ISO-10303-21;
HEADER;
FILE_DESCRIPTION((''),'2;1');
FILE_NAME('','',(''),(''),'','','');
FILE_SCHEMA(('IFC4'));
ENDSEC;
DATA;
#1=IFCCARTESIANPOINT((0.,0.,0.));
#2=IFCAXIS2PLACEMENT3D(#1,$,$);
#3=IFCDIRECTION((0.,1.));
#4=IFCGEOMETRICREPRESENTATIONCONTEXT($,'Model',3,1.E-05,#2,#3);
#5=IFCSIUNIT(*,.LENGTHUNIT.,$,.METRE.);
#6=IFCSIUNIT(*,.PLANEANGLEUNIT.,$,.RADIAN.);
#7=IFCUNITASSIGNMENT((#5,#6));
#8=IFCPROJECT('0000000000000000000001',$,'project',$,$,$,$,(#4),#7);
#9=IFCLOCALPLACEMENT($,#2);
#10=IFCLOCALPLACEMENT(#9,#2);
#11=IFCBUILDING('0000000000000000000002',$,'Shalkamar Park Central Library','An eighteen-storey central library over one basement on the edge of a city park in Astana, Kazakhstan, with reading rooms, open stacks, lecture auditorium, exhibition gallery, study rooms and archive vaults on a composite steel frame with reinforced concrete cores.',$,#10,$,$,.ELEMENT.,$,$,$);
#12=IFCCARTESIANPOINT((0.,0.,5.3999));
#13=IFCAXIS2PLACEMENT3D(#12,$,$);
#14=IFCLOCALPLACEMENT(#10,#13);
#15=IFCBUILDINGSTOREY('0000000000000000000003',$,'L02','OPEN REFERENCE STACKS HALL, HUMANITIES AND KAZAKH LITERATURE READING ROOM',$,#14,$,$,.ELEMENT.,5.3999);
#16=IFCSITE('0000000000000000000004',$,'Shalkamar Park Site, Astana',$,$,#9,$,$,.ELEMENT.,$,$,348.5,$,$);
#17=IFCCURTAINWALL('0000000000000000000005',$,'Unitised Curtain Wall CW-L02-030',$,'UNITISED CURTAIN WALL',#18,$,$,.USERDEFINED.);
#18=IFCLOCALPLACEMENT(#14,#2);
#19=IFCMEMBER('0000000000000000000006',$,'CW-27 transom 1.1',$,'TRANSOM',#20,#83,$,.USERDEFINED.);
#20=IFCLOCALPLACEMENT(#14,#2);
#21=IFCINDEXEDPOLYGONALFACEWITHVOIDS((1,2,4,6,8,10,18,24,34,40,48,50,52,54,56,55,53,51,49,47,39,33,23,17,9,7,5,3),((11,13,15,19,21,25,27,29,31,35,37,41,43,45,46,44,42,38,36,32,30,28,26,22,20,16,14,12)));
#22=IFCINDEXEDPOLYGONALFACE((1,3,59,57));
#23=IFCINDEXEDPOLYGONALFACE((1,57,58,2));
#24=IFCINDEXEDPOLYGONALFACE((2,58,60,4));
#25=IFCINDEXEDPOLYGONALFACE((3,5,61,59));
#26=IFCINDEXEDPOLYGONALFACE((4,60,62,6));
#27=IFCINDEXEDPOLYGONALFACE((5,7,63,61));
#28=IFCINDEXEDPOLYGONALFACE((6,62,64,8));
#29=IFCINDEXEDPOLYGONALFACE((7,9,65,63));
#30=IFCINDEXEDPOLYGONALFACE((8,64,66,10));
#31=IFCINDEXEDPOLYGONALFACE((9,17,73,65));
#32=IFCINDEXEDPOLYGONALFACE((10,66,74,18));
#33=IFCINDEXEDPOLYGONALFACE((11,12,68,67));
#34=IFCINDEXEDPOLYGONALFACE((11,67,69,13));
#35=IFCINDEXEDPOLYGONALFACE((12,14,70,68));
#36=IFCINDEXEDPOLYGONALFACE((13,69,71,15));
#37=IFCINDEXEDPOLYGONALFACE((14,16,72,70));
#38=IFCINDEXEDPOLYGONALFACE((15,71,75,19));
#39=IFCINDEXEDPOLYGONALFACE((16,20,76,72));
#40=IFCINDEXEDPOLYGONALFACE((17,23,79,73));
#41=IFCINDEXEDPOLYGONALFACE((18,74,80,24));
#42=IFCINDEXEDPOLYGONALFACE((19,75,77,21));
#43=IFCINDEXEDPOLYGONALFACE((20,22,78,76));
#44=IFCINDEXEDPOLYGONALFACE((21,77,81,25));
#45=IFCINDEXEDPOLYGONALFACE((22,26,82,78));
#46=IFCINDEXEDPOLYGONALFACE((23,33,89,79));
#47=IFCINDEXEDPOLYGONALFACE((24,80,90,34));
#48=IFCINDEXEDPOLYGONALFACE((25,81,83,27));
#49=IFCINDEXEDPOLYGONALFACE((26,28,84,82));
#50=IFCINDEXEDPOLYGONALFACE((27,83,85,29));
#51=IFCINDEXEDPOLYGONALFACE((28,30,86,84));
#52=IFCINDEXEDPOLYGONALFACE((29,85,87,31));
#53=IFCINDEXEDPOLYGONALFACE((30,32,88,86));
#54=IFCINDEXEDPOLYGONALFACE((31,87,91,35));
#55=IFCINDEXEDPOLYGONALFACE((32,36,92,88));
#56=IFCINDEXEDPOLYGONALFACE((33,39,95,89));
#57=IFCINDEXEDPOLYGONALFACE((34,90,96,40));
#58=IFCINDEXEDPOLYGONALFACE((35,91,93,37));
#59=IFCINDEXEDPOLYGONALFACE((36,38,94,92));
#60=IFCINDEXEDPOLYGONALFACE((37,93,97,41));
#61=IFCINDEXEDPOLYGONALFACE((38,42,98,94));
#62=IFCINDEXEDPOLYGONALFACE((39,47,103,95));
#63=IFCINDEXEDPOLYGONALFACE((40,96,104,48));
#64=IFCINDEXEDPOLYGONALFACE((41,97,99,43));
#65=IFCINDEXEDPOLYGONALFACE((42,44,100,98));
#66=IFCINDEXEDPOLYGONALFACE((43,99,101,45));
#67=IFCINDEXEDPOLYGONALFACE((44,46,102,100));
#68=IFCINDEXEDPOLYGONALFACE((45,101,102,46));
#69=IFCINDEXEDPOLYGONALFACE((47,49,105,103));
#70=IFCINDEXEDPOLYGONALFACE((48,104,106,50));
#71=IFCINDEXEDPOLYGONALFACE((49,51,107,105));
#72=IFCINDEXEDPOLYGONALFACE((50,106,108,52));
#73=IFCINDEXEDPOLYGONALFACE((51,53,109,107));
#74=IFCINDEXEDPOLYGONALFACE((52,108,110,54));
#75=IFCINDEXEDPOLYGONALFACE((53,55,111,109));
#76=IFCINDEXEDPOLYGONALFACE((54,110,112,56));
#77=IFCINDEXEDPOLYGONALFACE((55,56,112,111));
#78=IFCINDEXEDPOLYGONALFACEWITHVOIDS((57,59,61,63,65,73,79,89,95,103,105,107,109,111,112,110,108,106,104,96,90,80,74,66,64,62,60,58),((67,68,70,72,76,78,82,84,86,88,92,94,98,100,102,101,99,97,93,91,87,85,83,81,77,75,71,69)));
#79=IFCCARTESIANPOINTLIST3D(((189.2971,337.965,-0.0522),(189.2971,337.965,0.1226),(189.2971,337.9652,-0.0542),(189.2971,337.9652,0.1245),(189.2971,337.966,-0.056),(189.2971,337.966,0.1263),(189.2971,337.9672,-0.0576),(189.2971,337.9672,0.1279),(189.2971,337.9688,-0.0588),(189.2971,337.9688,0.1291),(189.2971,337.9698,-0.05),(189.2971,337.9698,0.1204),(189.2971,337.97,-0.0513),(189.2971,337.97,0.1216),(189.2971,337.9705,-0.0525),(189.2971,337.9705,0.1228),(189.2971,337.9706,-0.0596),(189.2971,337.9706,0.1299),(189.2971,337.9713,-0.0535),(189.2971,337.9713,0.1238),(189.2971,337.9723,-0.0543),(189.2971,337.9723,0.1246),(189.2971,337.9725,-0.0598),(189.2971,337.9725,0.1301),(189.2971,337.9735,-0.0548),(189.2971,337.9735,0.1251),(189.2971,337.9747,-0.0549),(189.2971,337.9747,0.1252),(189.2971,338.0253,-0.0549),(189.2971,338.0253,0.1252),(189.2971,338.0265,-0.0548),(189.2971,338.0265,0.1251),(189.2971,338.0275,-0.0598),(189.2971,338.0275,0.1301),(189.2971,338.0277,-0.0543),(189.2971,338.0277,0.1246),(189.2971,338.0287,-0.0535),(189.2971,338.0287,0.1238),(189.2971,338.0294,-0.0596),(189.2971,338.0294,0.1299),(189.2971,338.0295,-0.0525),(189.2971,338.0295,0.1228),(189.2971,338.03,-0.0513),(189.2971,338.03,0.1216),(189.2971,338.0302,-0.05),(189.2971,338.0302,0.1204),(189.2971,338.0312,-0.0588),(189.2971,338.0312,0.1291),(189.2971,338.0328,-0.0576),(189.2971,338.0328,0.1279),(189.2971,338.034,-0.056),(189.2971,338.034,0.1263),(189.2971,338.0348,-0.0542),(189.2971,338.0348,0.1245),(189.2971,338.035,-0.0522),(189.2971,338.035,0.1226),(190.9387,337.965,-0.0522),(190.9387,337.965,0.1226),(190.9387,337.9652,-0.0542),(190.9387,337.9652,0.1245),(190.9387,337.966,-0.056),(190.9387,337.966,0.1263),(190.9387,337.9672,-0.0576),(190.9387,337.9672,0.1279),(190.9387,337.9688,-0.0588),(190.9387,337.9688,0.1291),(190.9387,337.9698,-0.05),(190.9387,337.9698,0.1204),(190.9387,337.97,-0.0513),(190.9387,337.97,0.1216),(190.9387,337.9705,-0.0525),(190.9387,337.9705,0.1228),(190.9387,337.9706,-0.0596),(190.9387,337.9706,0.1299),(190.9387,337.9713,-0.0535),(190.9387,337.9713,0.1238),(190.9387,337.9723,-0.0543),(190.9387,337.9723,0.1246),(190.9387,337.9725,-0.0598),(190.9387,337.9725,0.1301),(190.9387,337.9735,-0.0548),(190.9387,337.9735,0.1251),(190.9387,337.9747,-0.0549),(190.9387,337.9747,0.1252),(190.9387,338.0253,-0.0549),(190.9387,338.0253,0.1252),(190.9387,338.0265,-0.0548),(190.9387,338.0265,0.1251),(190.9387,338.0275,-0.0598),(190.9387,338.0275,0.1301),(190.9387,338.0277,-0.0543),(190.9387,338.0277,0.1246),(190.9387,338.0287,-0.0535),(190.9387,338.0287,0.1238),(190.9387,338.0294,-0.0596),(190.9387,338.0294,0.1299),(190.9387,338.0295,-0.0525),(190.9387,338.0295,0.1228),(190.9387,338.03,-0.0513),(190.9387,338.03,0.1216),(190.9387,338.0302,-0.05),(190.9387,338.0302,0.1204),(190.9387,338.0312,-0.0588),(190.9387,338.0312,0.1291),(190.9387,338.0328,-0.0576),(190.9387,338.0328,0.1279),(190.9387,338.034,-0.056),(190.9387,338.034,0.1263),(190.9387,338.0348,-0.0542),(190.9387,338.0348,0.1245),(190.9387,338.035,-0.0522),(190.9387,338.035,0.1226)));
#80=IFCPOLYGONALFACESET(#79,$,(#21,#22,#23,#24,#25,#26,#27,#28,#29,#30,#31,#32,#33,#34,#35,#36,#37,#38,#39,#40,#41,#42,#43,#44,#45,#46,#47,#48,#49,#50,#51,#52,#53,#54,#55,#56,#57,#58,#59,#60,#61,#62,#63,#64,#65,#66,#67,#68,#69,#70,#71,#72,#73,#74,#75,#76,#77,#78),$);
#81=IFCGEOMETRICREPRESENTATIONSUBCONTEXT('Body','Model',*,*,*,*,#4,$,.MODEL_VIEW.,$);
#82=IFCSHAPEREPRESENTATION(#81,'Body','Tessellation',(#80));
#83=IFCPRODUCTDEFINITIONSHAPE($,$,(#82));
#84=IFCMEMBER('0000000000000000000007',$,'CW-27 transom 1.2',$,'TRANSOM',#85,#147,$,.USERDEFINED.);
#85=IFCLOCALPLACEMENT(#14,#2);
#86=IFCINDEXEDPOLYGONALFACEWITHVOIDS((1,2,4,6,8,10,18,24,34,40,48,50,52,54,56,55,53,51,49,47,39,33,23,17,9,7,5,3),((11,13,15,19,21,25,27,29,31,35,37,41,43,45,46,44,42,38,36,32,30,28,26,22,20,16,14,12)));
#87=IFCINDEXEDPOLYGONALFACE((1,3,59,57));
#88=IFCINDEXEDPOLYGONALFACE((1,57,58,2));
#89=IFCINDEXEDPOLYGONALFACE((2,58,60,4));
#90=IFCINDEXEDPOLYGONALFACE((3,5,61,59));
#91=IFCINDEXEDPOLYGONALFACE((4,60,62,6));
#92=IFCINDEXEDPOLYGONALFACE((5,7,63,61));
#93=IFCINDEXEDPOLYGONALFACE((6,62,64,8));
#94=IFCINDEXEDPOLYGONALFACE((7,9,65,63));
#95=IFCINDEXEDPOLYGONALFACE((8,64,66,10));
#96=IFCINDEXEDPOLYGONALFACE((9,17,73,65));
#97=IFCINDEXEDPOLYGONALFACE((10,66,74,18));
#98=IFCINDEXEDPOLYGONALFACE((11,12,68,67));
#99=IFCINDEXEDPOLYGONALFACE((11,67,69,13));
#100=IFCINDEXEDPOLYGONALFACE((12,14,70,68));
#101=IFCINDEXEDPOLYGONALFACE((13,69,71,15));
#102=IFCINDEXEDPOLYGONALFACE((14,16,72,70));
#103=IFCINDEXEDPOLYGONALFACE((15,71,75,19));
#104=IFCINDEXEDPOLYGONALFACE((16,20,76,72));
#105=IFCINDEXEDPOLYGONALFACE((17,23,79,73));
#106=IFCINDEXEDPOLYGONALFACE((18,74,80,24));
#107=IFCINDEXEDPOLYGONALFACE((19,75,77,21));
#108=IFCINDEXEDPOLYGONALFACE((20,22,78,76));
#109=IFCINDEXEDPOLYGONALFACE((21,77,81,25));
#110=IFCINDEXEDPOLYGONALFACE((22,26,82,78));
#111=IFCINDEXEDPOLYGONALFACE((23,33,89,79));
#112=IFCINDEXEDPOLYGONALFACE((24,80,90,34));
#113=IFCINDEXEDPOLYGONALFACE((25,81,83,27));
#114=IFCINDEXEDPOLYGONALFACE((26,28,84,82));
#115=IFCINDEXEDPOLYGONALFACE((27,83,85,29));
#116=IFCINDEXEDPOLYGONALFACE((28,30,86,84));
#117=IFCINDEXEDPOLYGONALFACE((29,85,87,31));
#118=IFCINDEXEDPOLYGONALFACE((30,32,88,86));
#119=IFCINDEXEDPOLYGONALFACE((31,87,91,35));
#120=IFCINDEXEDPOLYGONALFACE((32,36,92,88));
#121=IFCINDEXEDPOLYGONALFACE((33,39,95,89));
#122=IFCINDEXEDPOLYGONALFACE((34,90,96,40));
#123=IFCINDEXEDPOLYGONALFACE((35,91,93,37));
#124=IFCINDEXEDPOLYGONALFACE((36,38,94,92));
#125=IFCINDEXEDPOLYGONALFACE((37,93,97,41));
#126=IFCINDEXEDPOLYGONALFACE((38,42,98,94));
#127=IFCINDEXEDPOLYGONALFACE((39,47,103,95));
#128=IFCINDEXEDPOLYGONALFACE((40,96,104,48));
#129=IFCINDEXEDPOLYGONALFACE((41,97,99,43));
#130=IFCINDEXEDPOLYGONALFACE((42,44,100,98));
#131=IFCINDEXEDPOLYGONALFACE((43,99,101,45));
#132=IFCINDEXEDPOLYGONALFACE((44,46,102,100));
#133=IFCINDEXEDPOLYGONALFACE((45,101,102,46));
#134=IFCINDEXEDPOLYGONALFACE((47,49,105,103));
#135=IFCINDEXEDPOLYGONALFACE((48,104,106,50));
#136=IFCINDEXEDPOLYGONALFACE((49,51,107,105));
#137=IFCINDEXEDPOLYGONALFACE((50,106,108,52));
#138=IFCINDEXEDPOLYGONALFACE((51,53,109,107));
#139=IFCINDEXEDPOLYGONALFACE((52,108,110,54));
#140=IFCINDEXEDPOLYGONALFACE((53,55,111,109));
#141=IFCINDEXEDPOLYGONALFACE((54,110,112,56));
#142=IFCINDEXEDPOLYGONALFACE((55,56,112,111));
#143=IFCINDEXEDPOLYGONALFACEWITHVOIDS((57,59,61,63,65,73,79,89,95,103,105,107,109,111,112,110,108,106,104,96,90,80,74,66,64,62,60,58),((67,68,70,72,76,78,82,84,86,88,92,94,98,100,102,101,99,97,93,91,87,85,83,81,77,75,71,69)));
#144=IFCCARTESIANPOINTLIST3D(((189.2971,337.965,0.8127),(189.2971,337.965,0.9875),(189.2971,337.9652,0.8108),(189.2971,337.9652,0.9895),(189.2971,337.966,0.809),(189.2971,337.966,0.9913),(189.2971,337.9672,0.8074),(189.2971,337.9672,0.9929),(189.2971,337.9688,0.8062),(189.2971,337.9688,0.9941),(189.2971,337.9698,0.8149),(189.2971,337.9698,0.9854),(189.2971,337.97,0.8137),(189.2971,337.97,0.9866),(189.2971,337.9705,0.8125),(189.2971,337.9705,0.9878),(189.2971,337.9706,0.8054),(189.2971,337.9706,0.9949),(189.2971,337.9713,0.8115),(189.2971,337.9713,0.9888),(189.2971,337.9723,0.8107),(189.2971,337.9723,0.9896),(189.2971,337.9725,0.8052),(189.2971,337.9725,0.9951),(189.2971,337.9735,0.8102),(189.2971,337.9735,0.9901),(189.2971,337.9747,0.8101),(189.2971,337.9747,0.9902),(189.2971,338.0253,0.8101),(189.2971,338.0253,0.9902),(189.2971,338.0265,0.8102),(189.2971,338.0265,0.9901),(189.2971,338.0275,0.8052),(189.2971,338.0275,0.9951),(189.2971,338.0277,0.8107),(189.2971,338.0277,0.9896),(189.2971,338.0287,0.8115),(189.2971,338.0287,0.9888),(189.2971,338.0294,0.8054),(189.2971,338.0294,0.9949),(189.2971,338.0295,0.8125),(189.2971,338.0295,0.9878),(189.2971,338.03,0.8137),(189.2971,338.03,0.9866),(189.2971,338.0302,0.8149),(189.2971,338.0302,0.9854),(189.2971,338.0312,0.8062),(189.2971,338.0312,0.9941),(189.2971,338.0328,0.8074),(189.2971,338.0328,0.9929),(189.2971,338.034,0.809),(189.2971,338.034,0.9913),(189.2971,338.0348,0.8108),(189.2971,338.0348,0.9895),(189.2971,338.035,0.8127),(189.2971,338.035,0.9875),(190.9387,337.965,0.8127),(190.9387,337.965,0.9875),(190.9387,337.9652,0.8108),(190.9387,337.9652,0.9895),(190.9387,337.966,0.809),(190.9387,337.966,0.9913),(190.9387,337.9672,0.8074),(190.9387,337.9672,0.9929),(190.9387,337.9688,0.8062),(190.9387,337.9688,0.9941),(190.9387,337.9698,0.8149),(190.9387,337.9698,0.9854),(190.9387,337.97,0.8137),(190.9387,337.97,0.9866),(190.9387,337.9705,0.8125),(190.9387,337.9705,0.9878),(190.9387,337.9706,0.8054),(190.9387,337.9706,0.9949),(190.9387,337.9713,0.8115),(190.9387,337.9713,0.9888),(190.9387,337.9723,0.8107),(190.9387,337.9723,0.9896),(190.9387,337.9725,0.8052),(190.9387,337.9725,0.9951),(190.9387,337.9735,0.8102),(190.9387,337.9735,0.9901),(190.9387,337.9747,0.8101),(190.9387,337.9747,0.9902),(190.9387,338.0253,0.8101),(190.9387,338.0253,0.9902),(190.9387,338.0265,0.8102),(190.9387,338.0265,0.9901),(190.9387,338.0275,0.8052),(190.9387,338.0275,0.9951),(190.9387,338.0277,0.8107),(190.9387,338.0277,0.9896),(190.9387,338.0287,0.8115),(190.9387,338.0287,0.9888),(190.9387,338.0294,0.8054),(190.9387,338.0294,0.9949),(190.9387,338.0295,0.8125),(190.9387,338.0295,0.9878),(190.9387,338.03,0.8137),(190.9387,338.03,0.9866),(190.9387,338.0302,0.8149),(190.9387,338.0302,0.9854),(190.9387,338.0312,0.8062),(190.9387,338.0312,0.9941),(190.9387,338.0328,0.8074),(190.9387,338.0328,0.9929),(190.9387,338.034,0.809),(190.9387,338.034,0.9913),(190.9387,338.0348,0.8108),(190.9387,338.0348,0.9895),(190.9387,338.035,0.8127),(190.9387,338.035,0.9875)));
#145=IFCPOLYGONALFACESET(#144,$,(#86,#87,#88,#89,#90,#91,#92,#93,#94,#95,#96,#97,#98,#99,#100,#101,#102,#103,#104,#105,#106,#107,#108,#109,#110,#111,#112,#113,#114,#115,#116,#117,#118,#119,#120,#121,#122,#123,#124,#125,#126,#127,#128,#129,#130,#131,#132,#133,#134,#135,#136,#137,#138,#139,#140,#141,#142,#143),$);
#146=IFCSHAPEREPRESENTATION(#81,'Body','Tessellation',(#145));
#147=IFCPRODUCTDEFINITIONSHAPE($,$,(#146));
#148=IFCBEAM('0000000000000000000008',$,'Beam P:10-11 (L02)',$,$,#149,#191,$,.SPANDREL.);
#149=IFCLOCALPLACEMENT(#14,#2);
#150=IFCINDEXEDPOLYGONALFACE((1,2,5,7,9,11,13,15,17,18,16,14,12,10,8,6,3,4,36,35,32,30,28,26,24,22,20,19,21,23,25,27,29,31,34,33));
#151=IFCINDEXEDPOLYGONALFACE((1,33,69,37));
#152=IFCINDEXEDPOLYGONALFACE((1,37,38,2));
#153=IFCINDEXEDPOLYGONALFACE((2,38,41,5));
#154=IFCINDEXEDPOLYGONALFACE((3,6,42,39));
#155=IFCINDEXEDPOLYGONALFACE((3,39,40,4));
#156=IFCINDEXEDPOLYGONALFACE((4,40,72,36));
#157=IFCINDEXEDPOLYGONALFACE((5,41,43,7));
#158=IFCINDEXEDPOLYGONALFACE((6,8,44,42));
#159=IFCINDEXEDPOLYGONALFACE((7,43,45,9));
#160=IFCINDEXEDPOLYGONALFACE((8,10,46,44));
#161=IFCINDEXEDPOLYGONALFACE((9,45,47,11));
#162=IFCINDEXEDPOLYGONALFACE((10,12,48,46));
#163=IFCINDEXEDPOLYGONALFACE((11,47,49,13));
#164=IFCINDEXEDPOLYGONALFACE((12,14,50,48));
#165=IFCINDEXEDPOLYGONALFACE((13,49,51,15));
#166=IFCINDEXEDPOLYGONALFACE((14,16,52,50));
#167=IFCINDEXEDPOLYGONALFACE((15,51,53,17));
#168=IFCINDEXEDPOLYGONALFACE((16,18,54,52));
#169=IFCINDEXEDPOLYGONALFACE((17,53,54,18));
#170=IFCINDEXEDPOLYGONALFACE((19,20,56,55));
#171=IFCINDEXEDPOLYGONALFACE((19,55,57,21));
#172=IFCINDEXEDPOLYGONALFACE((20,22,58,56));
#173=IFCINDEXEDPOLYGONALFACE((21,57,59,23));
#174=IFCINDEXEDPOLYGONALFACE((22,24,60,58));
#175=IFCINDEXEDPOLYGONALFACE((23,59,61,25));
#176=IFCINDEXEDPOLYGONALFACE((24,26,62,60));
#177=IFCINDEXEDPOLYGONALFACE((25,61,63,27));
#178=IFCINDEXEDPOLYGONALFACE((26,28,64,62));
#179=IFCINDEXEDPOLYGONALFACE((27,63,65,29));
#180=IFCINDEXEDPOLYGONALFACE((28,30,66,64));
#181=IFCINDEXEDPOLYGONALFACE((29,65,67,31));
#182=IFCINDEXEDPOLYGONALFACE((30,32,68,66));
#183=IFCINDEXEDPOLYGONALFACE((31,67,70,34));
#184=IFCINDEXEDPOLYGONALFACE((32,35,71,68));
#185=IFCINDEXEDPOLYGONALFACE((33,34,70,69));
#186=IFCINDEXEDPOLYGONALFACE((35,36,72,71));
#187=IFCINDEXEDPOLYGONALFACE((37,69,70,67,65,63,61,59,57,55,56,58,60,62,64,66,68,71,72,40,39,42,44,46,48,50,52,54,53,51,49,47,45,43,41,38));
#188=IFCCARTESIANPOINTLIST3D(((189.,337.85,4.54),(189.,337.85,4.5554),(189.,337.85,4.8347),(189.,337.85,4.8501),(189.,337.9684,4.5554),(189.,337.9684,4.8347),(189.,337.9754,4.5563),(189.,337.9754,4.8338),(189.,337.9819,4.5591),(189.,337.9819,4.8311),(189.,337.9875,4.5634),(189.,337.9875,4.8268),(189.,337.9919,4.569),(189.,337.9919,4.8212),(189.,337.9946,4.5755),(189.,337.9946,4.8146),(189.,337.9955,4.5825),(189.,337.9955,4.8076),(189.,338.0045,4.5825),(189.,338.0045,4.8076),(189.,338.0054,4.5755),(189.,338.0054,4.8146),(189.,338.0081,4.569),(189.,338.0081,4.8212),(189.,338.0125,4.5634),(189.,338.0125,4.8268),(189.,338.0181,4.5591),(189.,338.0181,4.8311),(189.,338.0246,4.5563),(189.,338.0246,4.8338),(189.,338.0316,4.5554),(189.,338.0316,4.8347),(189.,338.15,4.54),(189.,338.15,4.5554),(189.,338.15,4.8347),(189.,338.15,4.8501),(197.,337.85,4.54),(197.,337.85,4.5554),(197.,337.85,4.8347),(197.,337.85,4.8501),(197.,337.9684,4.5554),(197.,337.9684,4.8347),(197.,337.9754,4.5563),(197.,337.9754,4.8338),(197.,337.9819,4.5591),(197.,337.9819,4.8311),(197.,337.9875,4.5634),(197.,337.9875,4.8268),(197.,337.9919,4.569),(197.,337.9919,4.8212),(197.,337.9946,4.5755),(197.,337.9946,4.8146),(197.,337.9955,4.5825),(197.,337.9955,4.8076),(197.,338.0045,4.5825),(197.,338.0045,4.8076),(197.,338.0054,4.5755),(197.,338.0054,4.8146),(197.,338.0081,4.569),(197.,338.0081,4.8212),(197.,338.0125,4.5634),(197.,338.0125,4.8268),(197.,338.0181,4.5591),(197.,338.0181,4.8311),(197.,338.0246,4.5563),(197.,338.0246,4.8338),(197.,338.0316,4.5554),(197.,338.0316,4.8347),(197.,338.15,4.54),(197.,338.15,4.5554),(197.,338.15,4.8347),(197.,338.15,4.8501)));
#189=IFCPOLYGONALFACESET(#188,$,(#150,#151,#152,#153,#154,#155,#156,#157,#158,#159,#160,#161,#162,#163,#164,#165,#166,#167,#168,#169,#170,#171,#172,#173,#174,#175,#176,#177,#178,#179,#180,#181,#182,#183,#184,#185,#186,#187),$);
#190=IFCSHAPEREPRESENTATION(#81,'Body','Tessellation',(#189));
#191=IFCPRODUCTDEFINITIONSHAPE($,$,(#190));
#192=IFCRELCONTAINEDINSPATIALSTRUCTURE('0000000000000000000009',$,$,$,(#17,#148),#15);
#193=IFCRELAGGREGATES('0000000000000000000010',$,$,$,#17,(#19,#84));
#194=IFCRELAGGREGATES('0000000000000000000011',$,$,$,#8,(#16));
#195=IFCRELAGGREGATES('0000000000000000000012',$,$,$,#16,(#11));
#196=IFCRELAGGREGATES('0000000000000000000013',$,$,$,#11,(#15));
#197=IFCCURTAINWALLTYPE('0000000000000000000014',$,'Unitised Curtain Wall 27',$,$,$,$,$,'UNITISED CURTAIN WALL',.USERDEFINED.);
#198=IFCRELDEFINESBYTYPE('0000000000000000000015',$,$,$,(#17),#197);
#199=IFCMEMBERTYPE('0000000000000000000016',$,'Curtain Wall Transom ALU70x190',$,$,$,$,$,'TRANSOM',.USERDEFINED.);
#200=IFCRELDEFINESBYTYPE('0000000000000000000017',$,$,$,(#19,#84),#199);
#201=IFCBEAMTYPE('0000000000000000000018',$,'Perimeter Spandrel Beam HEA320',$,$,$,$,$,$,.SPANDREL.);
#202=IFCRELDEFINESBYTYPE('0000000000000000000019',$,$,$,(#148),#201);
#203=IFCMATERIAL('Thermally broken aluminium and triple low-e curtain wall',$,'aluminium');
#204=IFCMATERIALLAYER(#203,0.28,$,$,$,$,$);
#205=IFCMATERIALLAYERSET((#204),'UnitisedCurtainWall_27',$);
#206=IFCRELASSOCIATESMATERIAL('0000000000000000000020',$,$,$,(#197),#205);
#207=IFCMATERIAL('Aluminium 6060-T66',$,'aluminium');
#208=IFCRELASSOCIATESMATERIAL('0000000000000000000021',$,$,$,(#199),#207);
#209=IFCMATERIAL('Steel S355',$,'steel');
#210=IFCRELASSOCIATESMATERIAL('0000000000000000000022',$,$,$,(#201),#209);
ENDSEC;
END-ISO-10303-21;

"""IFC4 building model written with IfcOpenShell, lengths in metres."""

from ifc_helpers import new_model, si_unit, direction, frame, origin, origin_2d, place, context, subcontext, project, spatial, hollow_rectangle, i_section, extrude, material, layer, layer_set, material_profile, profile_set, type_object, element, aggregate, save


model = new_model("IFC4")

# Units and contexts
model_context = context("Model", 3, precision=1e-05, world=origin(), true_north=direction((0.0, 1.0)))
body_context = subcontext(model_context, "Body", "Model", "MODEL_VIEW")
ifc_project = project(units=[si_unit("LENGTHUNIT", "METRE"), si_unit("PLANEANGLEUNIT", "RADIAN")], contexts=[model_context])

# Site, building, storey
site_placement = place(None, origin())
site = spatial("IfcSite", under=ifc_project, at=site_placement, Name="Shalkamar Park Site, Astana", CompositionType="ELEMENT", RefElevation=348.5)
building_placement = place(site_placement, origin())
building = spatial("IfcBuilding", under=site, at=building_placement, Name="Shalkamar Park Central Library", Description="An eighteen-storey central library over one basement on the edge of a city park in Astana, Kazakhstan, with reading rooms, open stacks, lecture auditorium, exhibition gallery, study rooms and archive vaults on a composite steel frame with reinforced concrete cores.", CompositionType="ELEMENT")
storey_placement = place(building_placement, frame((0.0, 0.0, 5.3999)))
storey = spatial("IfcBuildingStorey", under=building, at=storey_placement, Name="L02", Description="OPEN REFERENCE STACKS HALL, HUMANITIES AND KAZAKH LITERATURE READING ROOM", CompositionType="ELEMENT", Elevation=5.3999)

# Shared definitions
ifc_material_1 = material(Name="Steel S355", Category="steel")

# Shared definitions
ifc_material_2 = material(Name="Thermally broken aluminium and triple low-e curtain wall", Category="aluminium")
ifc_material_3 = material(Name="Aluminium 6060-T66", Category="aluminium")

# Shared definitions
ifc_layer_1 = layer(ifc_material_2, 0.28)
ifc_layer_set_1 = layer_set([ifc_layer_1], Name="UnitisedCurtainWall_27")
curtain_wall_type_1 = type_object("IfcCurtainWallType", Name="Unitised Curtain Wall 27", ElementType="UNITISED CURTAIN WALL", PredefinedType="USERDEFINED", material=ifc_layer_set_1)

# Curtain wall
curtain_wall_1_placement = place(storey_placement, origin())
curtain_wall_1 = element("IfcCurtainWall", 1, at=curtain_wall_1_placement, inside=storey, type_object=curtain_wall_type_1, Name="Unitised Curtain Wall CW-L02-030", ObjectType="UNITISED CURTAIN WALL", PredefinedType="USERDEFINED")

# Members
ifc_material_profile_1 = material_profile(ifc_material_3, hollow_rectangle(XDim=0.0701, YDim=0.1899, WallThickness=0.0049, InnerFilletRadius=0.0049, OuterFilletRadius=0.0076, at=origin_2d()), Name="ALU 70x190x5")
ifc_profile_set_1 = profile_set([ifc_material_profile_1], Name="Aluminium 6060-T66")
member_type_1 = type_object("IfcMemberType", Name="Curtain Wall Transom ALU70x190", ElementType="TRANSOM", PredefinedType="USERDEFINED", material=ifc_profile_set_1)
member_1_placement = place(storey_placement, frame((189.2971, 338.0, 0.0352), z_axis=(1.0, 0.0, 0.0), x_axis=(0.0, 1.0, 0.0)))
member_1 = element("IfcMember", 2, at=member_1_placement, type_object=member_type_1, Name="CW-27 transom 1.1", ObjectType="TRANSOM", PredefinedType="USERDEFINED", context=body_context, shape_type="SweptSolid", body=[
    extrude(hollow_rectangle(XDim=0.0701, YDim=0.1899, WallThickness=0.0049, InnerFilletRadius=0.0049, OuterFilletRadius=0.0076, at=origin_2d()), origin(), (0.0, 0.0, 1.0), 1.6416),
])
member_2_placement = place(storey_placement, frame((189.2971, 338.0, 0.9001), z_axis=(1.0, 0.0, 0.0), x_axis=(0.0, 1.0, 0.0)))
member_2 = element("IfcMember", 3, at=member_2_placement, type_object=member_type_1, Name="CW-27 transom 1.2", ObjectType="TRANSOM", PredefinedType="USERDEFINED", context=body_context, shape_type="SweptSolid", body=[
    extrude(hollow_rectangle(XDim=0.0701, YDim=0.1899, WallThickness=0.0049, InnerFilletRadius=0.0049, OuterFilletRadius=0.0076, at=origin_2d()), origin(), (0.0, 0.0, 1.0), 1.6416),
])
aggregate(curtain_wall_1, [member_1, member_2])

# Beam
ifc_material_profile_2 = material_profile(ifc_material_1, i_section(OverallWidth=0.3, OverallDepth=0.3101, WebThickness=0.009, FlangeThickness=0.0154, FilletRadius=0.0271, at=origin_2d()), Name="HEA 320")
ifc_profile_set_2 = profile_set([ifc_material_profile_2], Name="Steel S355")
beam_type = type_object("IfcBeamType", Name="Perimeter Spandrel Beam HEA320", PredefinedType="SPANDREL", material=ifc_profile_set_2)
beam_placement = place(storey_placement, frame((189.0, 338.0, 4.6951), z_axis=(1.0, 0.0, 0.0), x_axis=(0.0, 1.0, 0.0)))
element("IfcBeam", 4, at=beam_placement, inside=storey, type_object=beam_type, Name="Beam P:10-11 (L02)", PredefinedType="SPANDREL", context=body_context, shape_type="SweptSolid", body=[
    extrude(i_section(OverallWidth=0.3, OverallDepth=0.3101, WebThickness=0.009, FlangeThickness=0.0154, FilletRadius=0.0271, at=origin_2d()), origin(), (0.0, 0.0, 1.0), 8.0),
])

save(model, "model.ifc")
